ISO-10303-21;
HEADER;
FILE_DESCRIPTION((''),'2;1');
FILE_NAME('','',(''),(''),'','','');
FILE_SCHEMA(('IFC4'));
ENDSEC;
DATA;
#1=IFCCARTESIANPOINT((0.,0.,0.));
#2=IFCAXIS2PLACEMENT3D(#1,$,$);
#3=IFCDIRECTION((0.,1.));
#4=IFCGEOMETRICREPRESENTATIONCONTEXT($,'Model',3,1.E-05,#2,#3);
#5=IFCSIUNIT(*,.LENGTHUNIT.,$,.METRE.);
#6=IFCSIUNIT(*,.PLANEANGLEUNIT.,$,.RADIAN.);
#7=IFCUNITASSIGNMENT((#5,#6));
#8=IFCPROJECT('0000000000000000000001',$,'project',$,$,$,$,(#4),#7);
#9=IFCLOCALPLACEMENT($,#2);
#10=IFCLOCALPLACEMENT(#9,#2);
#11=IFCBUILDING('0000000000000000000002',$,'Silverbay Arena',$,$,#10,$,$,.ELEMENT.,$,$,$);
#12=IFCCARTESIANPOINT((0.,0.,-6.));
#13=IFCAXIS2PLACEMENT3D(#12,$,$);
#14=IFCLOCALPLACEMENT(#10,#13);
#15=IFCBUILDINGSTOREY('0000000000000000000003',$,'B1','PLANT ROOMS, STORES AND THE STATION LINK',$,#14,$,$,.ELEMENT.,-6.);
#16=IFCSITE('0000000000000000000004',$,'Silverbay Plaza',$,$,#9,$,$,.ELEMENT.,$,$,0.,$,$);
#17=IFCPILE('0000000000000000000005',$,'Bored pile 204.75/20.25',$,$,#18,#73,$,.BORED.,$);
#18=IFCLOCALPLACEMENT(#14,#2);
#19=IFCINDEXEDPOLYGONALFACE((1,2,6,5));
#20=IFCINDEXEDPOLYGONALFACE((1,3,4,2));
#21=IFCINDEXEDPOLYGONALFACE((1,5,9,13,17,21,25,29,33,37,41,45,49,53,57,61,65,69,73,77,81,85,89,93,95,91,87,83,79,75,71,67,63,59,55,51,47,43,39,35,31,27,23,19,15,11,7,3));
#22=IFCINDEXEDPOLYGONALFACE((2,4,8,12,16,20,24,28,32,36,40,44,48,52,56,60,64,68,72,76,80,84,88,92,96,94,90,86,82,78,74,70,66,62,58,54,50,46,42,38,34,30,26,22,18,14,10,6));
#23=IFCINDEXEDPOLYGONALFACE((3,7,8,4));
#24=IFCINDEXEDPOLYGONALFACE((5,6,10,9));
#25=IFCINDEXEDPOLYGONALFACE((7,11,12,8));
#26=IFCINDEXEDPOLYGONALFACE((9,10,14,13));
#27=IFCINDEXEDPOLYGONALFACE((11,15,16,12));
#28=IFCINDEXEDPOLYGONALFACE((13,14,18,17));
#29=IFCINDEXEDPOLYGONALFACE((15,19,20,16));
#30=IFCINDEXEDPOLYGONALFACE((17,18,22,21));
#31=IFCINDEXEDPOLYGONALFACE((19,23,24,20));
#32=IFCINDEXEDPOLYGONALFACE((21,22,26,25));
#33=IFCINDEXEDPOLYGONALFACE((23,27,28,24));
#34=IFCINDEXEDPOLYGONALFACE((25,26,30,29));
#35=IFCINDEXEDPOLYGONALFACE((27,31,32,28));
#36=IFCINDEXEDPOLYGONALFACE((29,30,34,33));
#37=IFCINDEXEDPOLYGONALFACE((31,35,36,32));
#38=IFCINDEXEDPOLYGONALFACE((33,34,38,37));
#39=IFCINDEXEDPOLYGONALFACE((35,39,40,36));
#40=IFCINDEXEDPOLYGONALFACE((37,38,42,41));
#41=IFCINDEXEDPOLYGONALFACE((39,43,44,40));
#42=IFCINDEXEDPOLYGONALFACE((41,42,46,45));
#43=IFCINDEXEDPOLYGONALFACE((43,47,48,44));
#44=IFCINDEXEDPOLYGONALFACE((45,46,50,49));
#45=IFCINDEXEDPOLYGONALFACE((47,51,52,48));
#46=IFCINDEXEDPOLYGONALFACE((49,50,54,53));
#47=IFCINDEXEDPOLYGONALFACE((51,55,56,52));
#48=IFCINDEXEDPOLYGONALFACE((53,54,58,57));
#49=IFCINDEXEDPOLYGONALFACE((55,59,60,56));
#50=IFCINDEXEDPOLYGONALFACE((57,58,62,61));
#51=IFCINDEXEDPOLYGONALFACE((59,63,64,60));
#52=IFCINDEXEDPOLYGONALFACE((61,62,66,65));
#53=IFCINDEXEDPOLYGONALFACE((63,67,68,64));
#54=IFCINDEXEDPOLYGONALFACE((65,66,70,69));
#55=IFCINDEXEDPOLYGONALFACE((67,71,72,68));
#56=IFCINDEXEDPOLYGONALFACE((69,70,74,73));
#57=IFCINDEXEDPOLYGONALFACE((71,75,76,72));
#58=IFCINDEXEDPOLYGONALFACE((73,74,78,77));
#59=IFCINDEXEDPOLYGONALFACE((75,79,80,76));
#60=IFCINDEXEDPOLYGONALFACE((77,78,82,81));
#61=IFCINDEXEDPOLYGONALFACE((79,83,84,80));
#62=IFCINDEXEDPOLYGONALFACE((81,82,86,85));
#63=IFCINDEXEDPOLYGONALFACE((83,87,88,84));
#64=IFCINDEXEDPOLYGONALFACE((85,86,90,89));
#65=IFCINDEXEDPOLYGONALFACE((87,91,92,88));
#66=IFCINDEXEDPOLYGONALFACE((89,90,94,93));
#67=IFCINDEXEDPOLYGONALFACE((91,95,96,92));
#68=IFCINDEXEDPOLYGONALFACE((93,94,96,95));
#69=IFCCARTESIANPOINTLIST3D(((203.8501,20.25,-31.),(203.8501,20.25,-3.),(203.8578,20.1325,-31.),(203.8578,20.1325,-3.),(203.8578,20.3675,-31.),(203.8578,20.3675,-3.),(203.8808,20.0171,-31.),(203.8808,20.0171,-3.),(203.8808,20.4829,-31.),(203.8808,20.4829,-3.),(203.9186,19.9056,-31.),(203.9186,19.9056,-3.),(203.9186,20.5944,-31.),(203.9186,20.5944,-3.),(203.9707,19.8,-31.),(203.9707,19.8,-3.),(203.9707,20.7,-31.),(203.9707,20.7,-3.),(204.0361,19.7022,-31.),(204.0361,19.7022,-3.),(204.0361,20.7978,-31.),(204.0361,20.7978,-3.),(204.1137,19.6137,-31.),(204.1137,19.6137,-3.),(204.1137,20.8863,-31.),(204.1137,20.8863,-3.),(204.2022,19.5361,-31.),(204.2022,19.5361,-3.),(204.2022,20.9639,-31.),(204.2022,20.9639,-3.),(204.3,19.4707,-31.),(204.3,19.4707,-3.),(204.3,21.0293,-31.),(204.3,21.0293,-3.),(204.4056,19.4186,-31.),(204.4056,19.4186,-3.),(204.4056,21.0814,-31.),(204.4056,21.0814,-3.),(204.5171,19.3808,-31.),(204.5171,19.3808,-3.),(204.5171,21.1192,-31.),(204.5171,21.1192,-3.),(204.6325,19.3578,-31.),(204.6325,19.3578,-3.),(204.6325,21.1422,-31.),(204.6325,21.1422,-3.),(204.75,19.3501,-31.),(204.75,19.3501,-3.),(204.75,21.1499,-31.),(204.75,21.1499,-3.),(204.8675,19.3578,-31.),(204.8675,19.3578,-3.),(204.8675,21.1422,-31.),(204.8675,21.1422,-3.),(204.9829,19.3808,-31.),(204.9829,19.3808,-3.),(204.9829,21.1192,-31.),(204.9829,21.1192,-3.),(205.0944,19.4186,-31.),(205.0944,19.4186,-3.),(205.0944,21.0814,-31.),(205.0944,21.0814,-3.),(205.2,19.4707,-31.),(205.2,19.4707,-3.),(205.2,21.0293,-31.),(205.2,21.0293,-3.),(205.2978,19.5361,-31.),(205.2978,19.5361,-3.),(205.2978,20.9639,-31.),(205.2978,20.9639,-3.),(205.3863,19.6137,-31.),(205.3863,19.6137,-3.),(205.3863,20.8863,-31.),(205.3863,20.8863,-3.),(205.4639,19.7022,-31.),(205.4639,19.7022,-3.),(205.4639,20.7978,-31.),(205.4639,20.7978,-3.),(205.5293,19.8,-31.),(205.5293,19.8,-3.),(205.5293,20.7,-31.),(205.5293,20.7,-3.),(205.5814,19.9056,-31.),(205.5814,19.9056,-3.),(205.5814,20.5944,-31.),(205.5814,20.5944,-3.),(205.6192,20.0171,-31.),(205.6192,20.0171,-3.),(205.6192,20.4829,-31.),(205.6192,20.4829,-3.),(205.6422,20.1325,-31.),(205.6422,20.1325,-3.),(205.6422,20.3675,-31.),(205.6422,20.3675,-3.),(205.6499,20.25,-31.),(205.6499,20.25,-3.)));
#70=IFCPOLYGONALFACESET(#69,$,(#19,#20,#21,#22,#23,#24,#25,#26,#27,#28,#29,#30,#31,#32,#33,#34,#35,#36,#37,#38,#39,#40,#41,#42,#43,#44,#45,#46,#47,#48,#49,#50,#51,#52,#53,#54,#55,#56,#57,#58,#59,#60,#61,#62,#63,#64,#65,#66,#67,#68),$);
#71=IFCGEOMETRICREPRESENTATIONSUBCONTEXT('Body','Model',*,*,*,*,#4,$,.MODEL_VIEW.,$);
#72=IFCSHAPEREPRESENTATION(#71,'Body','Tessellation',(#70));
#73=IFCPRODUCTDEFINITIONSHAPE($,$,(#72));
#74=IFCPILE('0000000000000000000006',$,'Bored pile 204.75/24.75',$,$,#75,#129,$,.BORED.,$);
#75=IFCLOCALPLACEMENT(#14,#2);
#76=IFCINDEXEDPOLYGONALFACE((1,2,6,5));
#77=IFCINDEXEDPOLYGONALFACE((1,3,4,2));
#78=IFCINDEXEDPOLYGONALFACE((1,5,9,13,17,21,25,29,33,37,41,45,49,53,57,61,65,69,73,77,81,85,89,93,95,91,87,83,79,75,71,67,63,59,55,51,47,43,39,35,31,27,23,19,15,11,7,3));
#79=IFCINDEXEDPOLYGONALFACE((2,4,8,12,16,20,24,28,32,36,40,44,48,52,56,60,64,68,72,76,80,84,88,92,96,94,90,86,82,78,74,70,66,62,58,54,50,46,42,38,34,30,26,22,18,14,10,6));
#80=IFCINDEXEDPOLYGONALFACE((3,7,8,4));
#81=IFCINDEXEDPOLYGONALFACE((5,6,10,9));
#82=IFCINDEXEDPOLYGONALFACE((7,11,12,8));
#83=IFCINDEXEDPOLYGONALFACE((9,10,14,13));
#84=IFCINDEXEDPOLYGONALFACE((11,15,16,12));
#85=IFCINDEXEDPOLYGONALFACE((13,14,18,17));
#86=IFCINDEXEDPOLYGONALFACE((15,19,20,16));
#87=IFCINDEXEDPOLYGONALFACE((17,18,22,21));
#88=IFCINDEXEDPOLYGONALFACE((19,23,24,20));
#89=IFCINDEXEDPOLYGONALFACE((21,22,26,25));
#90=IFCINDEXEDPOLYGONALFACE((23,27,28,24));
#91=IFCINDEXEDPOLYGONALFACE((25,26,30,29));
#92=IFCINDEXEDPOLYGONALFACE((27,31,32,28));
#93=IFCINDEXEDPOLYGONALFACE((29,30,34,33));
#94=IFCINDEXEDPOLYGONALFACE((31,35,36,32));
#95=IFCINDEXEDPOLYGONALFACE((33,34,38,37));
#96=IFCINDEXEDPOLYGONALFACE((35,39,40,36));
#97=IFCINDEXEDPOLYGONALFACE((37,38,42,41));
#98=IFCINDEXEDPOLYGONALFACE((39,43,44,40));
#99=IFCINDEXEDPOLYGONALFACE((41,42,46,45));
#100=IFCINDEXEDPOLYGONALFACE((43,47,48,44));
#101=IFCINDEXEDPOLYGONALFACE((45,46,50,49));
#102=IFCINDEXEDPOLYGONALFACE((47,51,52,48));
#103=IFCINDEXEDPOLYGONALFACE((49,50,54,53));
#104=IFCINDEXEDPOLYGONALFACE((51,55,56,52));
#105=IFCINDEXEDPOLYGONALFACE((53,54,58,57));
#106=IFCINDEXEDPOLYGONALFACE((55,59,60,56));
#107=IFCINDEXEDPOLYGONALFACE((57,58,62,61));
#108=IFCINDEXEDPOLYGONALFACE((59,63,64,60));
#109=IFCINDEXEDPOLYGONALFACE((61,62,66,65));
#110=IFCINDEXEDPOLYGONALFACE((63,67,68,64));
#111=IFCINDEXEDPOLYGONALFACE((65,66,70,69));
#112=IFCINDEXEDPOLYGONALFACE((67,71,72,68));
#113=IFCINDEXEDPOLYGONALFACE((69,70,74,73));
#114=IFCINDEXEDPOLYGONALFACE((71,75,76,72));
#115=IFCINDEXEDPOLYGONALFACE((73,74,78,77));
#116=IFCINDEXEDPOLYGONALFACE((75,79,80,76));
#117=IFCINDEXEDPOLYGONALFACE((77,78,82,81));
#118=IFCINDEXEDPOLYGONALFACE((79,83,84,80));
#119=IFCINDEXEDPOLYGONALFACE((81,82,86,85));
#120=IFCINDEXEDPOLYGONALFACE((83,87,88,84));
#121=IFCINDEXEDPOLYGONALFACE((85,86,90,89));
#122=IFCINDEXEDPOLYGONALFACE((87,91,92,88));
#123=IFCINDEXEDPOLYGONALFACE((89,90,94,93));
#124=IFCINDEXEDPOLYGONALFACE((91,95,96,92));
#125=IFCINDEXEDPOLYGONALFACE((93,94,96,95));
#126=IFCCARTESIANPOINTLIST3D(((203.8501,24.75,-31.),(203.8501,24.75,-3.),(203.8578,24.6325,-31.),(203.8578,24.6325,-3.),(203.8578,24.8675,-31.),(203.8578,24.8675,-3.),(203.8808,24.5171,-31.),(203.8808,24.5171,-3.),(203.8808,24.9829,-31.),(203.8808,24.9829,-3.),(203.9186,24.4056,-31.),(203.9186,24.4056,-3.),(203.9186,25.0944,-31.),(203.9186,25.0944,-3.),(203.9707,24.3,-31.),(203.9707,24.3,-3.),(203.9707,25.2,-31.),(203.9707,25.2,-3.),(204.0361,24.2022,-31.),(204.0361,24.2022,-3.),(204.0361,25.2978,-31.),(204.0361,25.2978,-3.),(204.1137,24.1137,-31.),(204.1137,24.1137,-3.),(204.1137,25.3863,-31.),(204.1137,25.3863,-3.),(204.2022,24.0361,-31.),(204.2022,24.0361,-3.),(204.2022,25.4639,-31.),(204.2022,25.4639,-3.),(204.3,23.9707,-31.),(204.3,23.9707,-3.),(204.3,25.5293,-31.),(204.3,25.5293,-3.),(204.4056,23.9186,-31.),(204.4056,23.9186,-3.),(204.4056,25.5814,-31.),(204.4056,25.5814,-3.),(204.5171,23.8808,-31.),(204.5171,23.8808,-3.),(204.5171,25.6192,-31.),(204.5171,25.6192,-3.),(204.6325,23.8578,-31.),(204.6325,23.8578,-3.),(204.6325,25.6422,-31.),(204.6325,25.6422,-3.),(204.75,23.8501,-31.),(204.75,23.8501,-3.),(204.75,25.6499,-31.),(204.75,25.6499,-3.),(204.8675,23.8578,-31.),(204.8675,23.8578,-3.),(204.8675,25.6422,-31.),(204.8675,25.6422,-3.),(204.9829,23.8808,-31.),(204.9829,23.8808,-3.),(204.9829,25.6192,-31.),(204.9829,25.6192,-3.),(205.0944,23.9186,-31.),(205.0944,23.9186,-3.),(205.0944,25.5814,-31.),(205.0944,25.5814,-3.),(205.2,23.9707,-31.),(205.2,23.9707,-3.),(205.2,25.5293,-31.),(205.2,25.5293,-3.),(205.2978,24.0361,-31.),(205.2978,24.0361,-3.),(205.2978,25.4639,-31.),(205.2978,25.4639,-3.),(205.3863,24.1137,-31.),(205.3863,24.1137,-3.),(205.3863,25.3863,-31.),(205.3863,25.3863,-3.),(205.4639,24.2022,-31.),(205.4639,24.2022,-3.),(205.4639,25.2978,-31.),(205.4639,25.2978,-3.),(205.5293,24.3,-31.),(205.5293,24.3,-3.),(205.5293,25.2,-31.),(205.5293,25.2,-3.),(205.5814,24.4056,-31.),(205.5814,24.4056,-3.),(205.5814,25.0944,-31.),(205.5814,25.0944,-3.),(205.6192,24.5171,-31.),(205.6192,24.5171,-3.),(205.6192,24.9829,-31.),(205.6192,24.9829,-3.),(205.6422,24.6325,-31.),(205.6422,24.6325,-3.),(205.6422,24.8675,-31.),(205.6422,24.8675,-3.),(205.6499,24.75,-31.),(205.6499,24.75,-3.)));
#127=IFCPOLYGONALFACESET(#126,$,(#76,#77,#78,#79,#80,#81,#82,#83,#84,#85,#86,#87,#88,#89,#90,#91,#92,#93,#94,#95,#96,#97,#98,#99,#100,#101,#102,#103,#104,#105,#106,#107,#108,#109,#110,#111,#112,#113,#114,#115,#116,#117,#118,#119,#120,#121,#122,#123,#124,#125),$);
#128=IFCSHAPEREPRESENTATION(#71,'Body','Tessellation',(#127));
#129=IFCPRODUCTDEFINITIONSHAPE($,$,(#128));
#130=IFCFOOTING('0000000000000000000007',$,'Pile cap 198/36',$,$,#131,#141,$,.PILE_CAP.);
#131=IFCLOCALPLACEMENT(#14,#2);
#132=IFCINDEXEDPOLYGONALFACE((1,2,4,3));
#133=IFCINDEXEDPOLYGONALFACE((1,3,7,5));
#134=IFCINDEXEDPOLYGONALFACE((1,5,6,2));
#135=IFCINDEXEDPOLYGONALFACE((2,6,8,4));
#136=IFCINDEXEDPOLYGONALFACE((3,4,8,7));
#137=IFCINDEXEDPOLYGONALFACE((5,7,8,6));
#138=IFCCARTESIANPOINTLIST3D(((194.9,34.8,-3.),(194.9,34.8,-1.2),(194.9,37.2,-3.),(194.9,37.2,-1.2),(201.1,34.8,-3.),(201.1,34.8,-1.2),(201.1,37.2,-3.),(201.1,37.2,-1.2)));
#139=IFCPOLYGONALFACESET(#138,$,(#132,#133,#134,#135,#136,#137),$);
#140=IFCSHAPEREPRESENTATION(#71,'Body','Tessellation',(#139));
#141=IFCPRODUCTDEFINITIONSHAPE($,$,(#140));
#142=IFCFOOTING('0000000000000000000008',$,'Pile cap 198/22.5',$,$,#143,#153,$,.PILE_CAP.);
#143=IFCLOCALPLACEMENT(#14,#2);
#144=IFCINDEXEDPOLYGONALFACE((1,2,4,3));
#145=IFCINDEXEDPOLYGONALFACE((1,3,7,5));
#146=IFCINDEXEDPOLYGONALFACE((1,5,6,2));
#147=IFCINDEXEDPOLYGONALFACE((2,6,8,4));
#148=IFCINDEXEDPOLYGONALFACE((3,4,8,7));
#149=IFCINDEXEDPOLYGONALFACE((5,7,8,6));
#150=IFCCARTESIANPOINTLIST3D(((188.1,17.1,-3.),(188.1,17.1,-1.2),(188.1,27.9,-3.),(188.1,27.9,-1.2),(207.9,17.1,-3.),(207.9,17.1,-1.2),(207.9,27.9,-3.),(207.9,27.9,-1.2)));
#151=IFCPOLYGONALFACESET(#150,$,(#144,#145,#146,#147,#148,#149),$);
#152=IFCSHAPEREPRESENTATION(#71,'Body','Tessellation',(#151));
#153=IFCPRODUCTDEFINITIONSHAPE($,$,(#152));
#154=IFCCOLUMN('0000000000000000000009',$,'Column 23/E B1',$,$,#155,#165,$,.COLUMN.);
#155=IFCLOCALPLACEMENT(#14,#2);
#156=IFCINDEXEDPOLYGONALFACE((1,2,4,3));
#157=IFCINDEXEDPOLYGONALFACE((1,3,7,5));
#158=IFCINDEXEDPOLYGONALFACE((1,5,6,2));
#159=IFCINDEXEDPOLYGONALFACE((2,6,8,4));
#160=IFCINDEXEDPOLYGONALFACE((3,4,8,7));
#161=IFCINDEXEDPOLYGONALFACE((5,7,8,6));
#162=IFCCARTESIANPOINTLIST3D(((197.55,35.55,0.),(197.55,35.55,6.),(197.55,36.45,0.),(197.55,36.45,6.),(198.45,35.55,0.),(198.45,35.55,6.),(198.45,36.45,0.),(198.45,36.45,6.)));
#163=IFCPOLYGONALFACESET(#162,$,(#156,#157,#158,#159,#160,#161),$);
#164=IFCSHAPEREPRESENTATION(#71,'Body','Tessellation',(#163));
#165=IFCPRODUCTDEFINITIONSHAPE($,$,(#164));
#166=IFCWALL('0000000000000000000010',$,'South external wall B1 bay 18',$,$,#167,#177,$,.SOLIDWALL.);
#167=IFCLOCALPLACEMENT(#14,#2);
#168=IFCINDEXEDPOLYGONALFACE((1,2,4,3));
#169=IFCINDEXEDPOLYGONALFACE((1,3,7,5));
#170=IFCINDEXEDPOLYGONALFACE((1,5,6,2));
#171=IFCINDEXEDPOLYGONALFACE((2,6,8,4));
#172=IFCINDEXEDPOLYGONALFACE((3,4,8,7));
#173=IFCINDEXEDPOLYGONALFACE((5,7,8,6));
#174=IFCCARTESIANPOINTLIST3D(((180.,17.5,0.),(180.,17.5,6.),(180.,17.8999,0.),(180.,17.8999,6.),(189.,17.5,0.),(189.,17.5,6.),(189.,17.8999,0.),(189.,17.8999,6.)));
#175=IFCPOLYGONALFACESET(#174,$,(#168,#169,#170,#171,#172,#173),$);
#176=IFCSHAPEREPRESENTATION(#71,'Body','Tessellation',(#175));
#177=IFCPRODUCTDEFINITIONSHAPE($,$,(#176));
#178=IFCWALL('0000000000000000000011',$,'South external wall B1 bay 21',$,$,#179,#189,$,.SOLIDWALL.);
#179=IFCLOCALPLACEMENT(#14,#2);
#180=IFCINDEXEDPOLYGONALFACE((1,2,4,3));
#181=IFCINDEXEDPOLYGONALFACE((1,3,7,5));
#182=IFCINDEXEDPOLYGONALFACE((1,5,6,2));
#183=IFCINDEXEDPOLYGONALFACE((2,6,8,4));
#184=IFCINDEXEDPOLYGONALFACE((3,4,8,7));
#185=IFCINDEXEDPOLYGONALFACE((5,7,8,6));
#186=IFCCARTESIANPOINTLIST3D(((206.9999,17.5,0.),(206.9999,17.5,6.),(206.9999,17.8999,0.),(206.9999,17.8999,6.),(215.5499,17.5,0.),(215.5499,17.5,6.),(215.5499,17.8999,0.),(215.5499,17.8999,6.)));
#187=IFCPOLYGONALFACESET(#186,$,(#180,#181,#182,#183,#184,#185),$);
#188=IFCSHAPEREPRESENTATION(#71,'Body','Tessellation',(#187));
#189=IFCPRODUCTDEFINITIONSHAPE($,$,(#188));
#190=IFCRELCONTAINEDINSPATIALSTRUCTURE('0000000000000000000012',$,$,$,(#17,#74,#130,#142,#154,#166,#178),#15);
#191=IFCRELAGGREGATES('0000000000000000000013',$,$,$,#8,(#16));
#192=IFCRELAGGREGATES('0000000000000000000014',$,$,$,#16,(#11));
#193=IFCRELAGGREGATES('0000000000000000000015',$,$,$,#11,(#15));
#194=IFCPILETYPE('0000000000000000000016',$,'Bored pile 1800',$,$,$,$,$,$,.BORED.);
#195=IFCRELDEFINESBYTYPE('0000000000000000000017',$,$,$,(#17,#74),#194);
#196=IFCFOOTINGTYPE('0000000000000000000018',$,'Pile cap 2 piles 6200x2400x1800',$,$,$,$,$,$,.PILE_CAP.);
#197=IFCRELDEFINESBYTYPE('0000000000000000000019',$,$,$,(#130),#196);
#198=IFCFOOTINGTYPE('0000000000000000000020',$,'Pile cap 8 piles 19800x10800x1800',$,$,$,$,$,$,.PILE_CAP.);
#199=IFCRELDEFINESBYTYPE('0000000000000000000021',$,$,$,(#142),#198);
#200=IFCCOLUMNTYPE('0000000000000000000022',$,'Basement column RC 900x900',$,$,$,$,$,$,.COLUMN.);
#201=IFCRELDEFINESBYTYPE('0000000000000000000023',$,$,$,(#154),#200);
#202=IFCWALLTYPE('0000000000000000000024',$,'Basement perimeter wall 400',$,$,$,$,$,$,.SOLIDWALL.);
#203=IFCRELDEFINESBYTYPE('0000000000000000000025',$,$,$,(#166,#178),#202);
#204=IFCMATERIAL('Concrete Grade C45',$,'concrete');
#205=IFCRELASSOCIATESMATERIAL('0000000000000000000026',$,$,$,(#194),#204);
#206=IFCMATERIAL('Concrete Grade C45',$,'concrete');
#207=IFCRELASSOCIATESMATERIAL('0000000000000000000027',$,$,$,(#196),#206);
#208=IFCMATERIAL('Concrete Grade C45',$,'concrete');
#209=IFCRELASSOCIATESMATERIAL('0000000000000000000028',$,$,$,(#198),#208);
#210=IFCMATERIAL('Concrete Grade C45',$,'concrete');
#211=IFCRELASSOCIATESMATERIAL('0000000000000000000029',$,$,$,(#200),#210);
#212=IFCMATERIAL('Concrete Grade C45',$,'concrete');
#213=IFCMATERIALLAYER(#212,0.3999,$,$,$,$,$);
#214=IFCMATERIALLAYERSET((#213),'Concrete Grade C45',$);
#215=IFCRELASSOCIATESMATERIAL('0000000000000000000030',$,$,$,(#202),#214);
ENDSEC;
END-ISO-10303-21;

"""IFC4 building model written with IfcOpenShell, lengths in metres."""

from ifc_helpers import new_model, si_unit, direction, frame, frame_2d, origin, origin_2d, place, context, subcontext, project, spatial, rectangle, circle, extrude, material, layer, layer_set, material_profile, profile_set, type_object, element, save


model = new_model("IFC4")

# Units and contexts
model_context = context("Model", 3, precision=1e-05, world=origin(), true_north=direction((0.0, 1.0)))
body_context = subcontext(model_context, "Body", "Model", "MODEL_VIEW")
ifc_project = project(units=[si_unit("LENGTHUNIT", "METRE"), si_unit("PLANEANGLEUNIT", "RADIAN")], contexts=[model_context])

# Site, building, storey
site_placement = place(None, origin())
site = spatial("IfcSite", under=ifc_project, at=site_placement, Name="Silverbay Plaza", CompositionType="ELEMENT", RefElevation=0.0)
building_placement = place(site_placement, origin())
building = spatial("IfcBuilding", under=site, at=building_placement, Name="Silverbay Arena", CompositionType="ELEMENT")
storey_placement = place(building_placement, frame((0.0, 0.0, -6.0)))
storey = spatial("IfcBuildingStorey", under=building, at=storey_placement, Name="B1", Description="PLANT ROOMS, STORES AND THE STATION LINK", CompositionType="ELEMENT", Elevation=-6.0)

# Piles
ifc_material_1 = material(Name="Concrete Grade C45", Category="concrete")
ifc_material_profile_1 = material_profile(ifc_material_1, circle(Radius=0.8999, at=origin_2d()), Name="Bored pile 1800")
ifc_profile_set_1 = profile_set([ifc_material_profile_1], Name="Concrete Grade C45")
pile_type_1 = type_object("IfcPileType", Name="Bored pile 1800", PredefinedType="BORED", material=ifc_profile_set_1)
for number, where, z_axis, x_axis, name in (
    (1, (204.75, 20.25, -3.0), (0.0, 0.0, -1.0), (1.0, 0.0, 0.0), "Bored pile 204.75/20.25"),
    (2, (204.75, 24.75, -3.0), (0.0, 0.0, -1.0), (1.0, 0.0, 0.0), "Bored pile 204.75/24.75"),
):
    element("IfcPile", number, at=place(storey_placement, frame(where, z_axis=z_axis, x_axis=x_axis)), inside=storey, type_object=pile_type_1, Name=name, PredefinedType="BORED", context=body_context, shape_type="SweptSolid", body=[
        extrude(circle(Radius=0.8999, at=origin_2d()), origin(), (0.0, 0.0, 1.0), 28.0),
    ])

# Footings
ifc_material_2 = material(Name="Concrete Grade C45", Category="concrete")
footing_type_1 = type_object("IfcFootingType", Name="Pile cap 2 piles 6200x2400x1800", PredefinedType="PILE_CAP", material=ifc_material_2)
footing_1_placement = place(storey_placement, frame((198.0, 36.0, -3.0), z_axis=(0.0, 0.0, 1.0), x_axis=(1.0, 0.0, 0.0)))
element("IfcFooting", 3, at=footing_1_placement, inside=storey, type_object=footing_type_1, Name="Pile cap 198/36", PredefinedType="PILE_CAP", context=body_context, shape_type="SweptSolid", body=[
    extrude(rectangle(XDim=6.2, YDim=2.3999, at=origin_2d()), origin(), (0.0, 0.0, 1.0), 1.8),
])
ifc_material_3 = material(Name="Concrete Grade C45", Category="concrete")
footing_type_2 = type_object("IfcFootingType", Name="Pile cap 8 piles 19800x10800x1800", PredefinedType="PILE_CAP", material=ifc_material_3)
footing_2_placement = place(storey_placement, frame((198.0, 22.5, -3.0), z_axis=(0.0, 0.0, 1.0), x_axis=(1.0, 0.0, 0.0)))
element("IfcFooting", 4, at=footing_2_placement, inside=storey, type_object=footing_type_2, Name="Pile cap 198/22.5", PredefinedType="PILE_CAP", context=body_context, shape_type="SweptSolid", body=[
    extrude(rectangle(XDim=19.8, YDim=10.8, at=origin_2d()), origin(), (0.0, 0.0, 1.0), 1.8),
])

# Column
ifc_material_4 = material(Name="Concrete Grade C45", Category="concrete")
ifc_material_profile_2 = material_profile(ifc_material_4, rectangle(XDim=0.8999, YDim=0.8999, at=origin_2d()), Name="RC 900x900")
ifc_profile_set_2 = profile_set([ifc_material_profile_2], Name="Concrete Grade C45")
column_type = type_object("IfcColumnType", Name="Basement column RC 900x900", PredefinedType="COLUMN", material=ifc_profile_set_2)
column_placement = place(storey_placement, frame((198.0, 36.0, 0.0), z_axis=(0.0, 0.0, 1.0), x_axis=(1.0, 0.0, 0.0)))
element("IfcColumn", 5, at=column_placement, inside=storey, type_object=column_type, Name="Column 23/E B1", PredefinedType="COLUMN", context=body_context, shape_type="SweptSolid", body=[
    extrude(rectangle(XDim=0.8999, YDim=0.8999, at=origin_2d()), origin(), (0.0, 0.0, 1.0), 6.0),
])

# Walls
ifc_material_5 = material(Name="Concrete Grade C45", Category="concrete")
ifc_layer_1 = layer(ifc_material_5, 0.3999)
ifc_layer_set_1 = layer_set([ifc_layer_1], Name="Concrete Grade C45")
wall_type_1 = type_object("IfcWallType", Name="Basement perimeter wall 400", PredefinedType="SOLIDWALL", material=ifc_layer_set_1)
wall_1_placement = place(storey_placement, frame((180.0, 17.7, 0.0), z_axis=(0.0, 0.0, 1.0), x_axis=(1.0, 0.0, 0.0)))
element("IfcWall", 6, at=wall_1_placement, inside=storey, type_object=wall_type_1, Name="South external wall B1 bay 18", PredefinedType="SOLIDWALL", context=body_context, shape_type="SweptSolid", body=[
    extrude(rectangle(XDim=9.0, YDim=0.3999, at=frame_2d((4.5, 0.0))), origin(), (0.0, 0.0, 1.0), 6.0),
])
wall_2_placement = place(storey_placement, frame((207.0, 17.7, 0.0), z_axis=(0.0, 0.0, 1.0), x_axis=(1.0, 0.0, 0.0)))
element("IfcWall", 7, at=wall_2_placement, inside=storey, type_object=wall_type_1, Name="South external wall B1 bay 21", PredefinedType="SOLIDWALL", context=body_context, shape_type="SweptSolid", body=[
    extrude(rectangle(XDim=8.55, YDim=0.3999, at=frame_2d((4.2749, 0.0))), origin(), (0.0, 0.0, 1.0), 6.0),
])

save(model, "model.ifc")
